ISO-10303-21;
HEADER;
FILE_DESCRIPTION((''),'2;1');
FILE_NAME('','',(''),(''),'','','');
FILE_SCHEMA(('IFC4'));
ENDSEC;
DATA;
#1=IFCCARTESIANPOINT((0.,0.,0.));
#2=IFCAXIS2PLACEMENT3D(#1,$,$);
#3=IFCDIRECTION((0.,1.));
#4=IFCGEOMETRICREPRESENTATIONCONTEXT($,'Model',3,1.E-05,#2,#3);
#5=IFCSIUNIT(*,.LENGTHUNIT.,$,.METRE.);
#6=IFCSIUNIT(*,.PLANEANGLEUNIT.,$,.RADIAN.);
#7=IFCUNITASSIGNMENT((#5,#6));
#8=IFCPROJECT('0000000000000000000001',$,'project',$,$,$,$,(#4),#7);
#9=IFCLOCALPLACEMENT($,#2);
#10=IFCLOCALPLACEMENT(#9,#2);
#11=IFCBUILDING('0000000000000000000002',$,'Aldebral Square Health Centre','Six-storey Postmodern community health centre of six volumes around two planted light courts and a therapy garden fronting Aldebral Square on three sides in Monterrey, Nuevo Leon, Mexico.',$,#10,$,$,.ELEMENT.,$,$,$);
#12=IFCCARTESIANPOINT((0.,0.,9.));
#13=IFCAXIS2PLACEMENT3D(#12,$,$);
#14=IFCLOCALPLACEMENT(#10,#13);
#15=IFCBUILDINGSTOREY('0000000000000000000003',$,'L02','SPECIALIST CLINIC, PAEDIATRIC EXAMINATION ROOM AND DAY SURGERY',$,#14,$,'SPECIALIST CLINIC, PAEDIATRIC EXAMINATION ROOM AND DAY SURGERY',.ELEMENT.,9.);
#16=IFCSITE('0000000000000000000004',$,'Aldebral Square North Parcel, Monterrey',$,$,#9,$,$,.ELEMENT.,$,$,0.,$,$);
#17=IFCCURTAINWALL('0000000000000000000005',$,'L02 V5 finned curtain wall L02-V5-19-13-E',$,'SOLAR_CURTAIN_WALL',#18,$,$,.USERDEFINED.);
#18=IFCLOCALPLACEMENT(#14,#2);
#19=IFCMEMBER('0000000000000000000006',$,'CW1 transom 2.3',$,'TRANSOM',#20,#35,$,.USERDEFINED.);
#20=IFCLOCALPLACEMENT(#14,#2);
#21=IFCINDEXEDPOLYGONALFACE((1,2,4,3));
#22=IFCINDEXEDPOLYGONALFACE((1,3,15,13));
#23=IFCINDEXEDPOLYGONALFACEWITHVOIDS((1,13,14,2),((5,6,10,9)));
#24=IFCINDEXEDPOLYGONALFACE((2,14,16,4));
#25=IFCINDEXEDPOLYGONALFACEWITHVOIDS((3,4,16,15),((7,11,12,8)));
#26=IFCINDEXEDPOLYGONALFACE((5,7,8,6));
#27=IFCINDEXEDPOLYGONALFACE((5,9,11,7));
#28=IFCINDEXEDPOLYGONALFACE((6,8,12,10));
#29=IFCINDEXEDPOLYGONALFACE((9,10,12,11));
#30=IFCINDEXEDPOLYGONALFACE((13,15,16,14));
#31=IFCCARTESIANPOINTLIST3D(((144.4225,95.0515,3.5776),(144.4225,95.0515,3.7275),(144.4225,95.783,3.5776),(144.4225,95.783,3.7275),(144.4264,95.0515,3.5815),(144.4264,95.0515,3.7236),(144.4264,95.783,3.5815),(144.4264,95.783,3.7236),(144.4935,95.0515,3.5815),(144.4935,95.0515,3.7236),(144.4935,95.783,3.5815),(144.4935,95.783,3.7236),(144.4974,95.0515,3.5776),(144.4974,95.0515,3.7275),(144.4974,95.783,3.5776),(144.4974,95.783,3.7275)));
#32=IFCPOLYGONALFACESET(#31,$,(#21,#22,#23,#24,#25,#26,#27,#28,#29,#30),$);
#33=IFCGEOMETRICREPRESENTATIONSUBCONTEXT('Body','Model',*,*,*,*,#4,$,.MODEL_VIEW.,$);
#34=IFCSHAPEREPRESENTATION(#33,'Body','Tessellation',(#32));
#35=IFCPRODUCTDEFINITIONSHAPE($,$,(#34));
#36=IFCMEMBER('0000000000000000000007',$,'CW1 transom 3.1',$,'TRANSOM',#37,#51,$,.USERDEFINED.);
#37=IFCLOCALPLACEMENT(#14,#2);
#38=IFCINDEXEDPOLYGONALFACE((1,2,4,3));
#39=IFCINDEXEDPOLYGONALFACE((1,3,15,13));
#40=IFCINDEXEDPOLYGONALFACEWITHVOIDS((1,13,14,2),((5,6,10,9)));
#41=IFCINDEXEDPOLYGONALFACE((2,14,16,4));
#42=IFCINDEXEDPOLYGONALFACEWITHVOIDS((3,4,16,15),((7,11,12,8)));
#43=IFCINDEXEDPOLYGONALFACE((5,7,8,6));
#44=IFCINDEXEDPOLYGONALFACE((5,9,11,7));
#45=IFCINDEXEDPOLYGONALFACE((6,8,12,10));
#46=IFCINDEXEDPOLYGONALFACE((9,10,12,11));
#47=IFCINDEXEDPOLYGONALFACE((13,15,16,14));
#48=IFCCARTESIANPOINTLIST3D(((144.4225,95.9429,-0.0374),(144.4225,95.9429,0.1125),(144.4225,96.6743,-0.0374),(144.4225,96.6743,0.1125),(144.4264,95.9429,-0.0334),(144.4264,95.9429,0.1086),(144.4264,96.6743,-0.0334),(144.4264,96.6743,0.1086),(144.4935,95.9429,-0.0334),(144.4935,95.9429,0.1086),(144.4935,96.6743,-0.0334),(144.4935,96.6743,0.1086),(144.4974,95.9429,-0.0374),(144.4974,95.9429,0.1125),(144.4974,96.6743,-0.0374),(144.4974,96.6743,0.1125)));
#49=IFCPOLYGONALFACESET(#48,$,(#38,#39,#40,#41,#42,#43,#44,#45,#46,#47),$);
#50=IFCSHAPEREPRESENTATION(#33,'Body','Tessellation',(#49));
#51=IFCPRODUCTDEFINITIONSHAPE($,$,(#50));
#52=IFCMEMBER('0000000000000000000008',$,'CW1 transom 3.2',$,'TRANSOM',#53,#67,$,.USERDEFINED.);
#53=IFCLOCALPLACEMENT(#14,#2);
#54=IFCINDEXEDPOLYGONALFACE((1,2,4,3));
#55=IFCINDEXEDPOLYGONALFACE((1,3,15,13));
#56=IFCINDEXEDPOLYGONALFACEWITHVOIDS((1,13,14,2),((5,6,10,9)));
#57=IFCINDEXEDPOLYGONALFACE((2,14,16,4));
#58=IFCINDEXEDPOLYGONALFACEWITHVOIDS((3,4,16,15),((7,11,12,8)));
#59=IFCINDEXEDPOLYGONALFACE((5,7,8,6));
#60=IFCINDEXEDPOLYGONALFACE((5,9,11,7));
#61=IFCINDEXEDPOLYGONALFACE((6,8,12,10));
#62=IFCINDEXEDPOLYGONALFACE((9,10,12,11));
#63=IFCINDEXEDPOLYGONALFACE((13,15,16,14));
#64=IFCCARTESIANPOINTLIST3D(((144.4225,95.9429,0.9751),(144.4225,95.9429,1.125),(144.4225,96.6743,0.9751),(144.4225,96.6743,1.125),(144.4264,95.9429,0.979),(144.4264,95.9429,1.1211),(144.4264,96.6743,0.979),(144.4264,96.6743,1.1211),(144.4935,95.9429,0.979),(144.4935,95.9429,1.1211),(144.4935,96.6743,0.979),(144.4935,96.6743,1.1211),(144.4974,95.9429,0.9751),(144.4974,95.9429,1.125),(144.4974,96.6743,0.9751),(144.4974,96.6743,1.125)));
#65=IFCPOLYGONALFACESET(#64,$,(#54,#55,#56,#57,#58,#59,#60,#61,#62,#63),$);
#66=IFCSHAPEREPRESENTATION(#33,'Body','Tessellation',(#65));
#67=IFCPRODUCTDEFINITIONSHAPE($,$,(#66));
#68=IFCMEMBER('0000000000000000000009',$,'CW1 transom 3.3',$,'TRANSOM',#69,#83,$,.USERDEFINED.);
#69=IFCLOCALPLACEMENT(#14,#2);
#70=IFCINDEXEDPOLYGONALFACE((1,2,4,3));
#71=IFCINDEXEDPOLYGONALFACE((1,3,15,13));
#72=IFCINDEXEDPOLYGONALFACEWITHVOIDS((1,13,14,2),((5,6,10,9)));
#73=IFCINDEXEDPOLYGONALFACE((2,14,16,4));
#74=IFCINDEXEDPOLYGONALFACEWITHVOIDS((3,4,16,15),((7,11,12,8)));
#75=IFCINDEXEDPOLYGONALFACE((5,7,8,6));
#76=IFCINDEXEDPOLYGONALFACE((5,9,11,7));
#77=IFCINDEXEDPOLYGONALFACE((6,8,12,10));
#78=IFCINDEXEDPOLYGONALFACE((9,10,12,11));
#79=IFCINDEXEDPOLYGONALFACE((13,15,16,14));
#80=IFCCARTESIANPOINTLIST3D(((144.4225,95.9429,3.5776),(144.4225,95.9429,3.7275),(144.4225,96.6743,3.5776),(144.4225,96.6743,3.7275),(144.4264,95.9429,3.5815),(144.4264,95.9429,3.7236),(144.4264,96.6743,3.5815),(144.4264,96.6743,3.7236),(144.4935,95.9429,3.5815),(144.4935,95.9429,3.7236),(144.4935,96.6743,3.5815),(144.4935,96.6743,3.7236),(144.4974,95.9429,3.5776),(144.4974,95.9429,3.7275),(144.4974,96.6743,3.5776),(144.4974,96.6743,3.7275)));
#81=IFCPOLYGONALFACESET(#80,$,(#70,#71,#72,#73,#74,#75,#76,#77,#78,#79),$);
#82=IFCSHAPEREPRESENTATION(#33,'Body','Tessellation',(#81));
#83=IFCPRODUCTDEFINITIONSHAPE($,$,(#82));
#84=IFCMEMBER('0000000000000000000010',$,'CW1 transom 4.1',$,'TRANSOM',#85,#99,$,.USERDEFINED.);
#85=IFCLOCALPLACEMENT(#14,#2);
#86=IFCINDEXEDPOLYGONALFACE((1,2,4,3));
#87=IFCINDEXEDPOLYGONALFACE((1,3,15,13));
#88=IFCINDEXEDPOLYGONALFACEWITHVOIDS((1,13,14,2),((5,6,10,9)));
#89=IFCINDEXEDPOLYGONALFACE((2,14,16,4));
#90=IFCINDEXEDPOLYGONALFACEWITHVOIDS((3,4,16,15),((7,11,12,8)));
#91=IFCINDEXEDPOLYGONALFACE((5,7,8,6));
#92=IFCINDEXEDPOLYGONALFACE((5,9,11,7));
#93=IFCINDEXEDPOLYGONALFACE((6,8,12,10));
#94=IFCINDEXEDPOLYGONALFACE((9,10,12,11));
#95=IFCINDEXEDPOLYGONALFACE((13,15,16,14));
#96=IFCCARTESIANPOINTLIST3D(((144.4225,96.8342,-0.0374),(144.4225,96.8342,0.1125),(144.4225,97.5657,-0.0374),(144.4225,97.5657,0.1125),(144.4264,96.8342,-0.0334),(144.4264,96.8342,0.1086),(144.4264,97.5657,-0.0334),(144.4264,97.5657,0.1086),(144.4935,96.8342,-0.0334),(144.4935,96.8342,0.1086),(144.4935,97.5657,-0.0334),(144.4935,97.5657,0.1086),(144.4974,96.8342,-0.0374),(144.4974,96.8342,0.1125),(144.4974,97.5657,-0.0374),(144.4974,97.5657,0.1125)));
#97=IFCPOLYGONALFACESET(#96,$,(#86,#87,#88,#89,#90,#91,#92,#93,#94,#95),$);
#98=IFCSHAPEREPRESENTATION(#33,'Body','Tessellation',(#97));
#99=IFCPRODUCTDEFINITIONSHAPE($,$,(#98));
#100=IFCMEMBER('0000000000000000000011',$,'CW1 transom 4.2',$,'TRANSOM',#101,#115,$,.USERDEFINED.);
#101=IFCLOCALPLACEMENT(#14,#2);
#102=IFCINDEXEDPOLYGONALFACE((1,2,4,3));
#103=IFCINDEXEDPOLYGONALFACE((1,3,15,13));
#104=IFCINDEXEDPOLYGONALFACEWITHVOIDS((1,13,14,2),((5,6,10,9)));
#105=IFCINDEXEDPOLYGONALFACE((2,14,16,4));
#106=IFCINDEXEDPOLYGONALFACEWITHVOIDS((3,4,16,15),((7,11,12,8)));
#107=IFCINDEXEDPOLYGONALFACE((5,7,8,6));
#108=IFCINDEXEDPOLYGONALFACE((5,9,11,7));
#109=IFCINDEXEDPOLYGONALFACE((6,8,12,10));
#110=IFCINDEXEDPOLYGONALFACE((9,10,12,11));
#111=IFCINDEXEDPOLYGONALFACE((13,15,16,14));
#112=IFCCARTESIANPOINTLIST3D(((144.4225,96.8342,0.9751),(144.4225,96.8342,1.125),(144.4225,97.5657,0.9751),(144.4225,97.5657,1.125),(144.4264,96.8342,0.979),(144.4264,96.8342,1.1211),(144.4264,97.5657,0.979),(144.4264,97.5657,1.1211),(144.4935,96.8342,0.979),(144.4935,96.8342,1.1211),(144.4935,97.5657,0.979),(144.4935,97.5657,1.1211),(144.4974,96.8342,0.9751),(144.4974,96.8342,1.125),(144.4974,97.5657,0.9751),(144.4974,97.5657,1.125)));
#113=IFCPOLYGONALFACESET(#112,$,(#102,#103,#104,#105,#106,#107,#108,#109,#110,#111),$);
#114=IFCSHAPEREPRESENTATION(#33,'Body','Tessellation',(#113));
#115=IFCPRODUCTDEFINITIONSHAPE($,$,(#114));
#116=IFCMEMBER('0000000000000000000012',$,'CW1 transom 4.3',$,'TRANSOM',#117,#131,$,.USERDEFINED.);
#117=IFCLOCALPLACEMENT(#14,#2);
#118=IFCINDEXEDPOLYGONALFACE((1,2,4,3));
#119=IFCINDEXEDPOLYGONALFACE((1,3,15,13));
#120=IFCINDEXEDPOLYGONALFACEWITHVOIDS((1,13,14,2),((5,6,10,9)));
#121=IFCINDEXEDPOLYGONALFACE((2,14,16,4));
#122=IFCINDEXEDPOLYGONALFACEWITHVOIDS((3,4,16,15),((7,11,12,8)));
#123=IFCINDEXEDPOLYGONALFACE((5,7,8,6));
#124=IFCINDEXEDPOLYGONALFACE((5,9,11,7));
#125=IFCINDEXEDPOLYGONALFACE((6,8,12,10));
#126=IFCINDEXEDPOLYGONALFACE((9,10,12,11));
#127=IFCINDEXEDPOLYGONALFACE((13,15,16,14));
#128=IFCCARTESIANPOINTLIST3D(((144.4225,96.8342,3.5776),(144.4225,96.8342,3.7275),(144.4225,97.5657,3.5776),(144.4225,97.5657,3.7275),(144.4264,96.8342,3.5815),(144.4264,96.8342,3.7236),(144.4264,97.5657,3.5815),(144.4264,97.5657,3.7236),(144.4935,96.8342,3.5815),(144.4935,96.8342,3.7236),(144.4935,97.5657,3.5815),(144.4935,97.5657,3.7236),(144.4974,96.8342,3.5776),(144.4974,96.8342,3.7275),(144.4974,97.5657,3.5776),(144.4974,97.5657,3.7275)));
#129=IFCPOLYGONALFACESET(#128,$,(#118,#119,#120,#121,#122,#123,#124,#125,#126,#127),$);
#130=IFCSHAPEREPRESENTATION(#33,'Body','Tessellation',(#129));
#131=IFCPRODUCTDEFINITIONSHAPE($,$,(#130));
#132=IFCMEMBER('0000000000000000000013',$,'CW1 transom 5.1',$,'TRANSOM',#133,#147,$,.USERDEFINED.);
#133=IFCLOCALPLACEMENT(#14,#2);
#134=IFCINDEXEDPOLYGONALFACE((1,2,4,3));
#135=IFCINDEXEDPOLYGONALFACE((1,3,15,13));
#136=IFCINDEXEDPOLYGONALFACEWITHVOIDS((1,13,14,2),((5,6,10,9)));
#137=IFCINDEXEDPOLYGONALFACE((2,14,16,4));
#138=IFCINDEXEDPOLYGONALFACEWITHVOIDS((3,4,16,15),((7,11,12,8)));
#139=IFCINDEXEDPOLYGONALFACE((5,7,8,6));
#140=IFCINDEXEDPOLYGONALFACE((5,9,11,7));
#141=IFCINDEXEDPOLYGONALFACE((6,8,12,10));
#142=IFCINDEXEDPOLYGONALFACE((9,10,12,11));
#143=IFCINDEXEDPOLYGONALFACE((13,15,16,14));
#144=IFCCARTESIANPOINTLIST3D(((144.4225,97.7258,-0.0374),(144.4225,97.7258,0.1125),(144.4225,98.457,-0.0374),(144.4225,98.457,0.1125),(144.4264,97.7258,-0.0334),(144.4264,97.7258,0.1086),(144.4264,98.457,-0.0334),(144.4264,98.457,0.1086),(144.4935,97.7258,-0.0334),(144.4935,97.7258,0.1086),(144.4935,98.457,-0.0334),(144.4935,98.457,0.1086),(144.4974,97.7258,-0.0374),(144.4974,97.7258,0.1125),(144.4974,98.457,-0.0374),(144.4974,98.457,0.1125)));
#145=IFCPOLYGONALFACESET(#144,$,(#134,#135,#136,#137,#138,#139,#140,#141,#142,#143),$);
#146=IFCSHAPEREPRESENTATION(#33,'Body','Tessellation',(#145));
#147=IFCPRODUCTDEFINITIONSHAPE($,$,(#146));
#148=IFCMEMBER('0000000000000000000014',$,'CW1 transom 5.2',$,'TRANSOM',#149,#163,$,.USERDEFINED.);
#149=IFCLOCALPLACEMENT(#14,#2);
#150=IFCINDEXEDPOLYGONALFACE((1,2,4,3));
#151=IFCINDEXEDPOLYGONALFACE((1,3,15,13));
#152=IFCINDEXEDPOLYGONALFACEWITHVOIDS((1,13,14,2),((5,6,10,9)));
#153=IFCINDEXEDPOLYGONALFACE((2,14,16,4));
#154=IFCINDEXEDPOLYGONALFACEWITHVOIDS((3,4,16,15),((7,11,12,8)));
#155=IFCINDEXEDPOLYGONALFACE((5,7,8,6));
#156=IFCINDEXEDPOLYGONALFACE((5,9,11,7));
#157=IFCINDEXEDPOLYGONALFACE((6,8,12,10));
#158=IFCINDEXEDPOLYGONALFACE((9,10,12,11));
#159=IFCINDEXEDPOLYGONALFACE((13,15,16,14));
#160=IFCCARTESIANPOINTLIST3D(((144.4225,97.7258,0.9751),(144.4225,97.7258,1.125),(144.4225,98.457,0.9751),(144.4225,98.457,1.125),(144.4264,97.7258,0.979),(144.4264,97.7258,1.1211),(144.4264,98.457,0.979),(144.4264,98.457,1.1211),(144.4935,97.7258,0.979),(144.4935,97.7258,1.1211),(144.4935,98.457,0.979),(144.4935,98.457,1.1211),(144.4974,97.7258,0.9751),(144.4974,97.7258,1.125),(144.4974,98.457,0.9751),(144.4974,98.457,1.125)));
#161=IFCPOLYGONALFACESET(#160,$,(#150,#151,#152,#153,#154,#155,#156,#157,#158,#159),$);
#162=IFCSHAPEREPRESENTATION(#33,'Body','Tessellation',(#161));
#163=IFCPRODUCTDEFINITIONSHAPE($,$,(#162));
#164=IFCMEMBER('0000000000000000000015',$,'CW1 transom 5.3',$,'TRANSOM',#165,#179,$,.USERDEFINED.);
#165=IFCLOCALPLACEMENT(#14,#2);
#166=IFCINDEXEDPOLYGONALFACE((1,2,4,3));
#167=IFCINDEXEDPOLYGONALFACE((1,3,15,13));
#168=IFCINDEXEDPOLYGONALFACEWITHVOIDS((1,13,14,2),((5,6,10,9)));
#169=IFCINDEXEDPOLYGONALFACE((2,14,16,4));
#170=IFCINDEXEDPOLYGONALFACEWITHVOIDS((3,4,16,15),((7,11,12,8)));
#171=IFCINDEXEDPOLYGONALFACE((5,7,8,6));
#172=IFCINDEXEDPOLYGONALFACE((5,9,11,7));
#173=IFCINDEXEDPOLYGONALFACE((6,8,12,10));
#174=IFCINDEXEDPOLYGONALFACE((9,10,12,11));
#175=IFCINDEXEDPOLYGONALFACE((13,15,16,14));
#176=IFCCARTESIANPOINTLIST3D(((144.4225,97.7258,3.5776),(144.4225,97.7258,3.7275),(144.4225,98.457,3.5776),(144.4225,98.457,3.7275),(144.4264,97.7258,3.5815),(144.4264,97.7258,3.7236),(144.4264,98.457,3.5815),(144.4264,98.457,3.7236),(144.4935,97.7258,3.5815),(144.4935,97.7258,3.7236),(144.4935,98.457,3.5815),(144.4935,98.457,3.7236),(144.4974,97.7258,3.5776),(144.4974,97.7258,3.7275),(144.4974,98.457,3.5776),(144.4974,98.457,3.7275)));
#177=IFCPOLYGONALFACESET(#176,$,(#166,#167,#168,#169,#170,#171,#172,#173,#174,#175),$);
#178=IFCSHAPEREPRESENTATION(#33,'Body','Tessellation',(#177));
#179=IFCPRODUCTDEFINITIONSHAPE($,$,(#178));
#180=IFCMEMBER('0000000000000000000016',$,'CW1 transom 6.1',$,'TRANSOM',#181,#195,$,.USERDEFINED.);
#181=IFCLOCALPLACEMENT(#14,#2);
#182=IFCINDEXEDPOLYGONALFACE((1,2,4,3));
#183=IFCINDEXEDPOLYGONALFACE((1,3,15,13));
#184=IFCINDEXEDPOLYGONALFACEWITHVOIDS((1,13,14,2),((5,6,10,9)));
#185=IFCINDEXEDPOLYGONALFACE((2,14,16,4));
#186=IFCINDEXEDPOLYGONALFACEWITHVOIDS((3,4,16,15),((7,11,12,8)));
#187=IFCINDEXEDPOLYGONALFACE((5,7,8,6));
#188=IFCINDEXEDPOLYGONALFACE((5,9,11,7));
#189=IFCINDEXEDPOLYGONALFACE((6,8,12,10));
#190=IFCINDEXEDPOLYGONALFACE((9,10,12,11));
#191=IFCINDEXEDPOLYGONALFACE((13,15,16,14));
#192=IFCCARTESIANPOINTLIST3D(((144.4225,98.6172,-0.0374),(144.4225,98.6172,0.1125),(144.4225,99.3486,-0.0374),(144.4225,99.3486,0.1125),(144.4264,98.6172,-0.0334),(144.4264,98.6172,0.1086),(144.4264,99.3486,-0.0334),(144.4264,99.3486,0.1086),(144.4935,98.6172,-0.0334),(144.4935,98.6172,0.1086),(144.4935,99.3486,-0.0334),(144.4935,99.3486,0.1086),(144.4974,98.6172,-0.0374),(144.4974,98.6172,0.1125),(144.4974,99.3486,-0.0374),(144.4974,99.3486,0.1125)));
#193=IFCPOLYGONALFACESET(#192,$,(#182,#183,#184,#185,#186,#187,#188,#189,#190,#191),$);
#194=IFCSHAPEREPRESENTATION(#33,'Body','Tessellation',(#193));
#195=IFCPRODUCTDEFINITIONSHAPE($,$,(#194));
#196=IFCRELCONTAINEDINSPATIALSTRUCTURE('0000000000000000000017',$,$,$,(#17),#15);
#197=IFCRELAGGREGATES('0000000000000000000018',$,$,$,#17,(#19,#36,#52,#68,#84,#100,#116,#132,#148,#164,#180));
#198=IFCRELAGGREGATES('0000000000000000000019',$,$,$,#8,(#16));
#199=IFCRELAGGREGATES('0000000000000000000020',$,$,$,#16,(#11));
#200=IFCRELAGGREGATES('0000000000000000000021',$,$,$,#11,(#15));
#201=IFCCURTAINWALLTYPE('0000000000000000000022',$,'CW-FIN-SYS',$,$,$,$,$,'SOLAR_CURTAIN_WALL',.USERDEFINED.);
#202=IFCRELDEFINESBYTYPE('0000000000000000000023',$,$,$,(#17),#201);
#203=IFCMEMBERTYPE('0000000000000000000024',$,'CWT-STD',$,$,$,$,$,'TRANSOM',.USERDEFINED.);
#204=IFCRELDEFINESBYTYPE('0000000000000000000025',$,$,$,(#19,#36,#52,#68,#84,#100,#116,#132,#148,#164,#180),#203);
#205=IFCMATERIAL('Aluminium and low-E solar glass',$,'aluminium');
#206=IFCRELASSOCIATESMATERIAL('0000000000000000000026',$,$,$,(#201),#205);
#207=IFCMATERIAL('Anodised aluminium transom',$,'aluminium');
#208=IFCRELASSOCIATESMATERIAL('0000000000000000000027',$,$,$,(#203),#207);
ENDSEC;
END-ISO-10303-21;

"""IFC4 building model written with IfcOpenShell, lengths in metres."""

from ifc_helpers import new_model, si_unit, direction, frame, origin, origin_2d, place, context, subcontext, project, spatial, hollow_rectangle, extrude, material, material_profile, profile_set, type_object, element, aggregate, save


model = new_model("IFC4")

# Units and contexts
model_context = context("Model", 3, precision=1e-05, world=origin(), true_north=direction((0.0, 1.0)))
body_context = subcontext(model_context, "Body", "Model", "MODEL_VIEW")
ifc_project = project(units=[si_unit("LENGTHUNIT", "METRE"), si_unit("PLANEANGLEUNIT", "RADIAN")], contexts=[model_context])

# Site, building, storey
site_placement = place(None, origin())
site = spatial("IfcSite", under=ifc_project, at=site_placement, Name="Aldebral Square North Parcel, Monterrey", CompositionType="ELEMENT", RefElevation=0.0)
building_placement = place(site_placement, origin())
building = spatial("IfcBuilding", under=site, at=building_placement, Name="Aldebral Square Health Centre", Description="Six-storey Postmodern community health centre of six volumes around two planted light courts and a therapy garden fronting Aldebral Square on three sides in Monterrey, Nuevo Leon, Mexico.", CompositionType="ELEMENT")
storey_placement = place(building_placement, frame((0.0, 0.0, 9.0)))
storey = spatial("IfcBuildingStorey", under=building, at=storey_placement, Name="L02", Description="SPECIALIST CLINIC, PAEDIATRIC EXAMINATION ROOM AND DAY SURGERY", LongName="SPECIALIST CLINIC, PAEDIATRIC EXAMINATION ROOM AND DAY SURGERY", CompositionType="ELEMENT", Elevation=9.0)

# Curtain wall, members
ifc_material_1 = material(Name="Aluminium and low-E solar glass", Category="aluminium")
curtain_wall_type = type_object("IfcCurtainWallType", Name="CW-FIN-SYS", ElementType="SOLAR_CURTAIN_WALL", PredefinedType="USERDEFINED", material=ifc_material_1)
curtain_wall_placement = place(storey_placement, origin())
curtain_wall = element("IfcCurtainWall", 1, at=curtain_wall_placement, inside=storey, type_object=curtain_wall_type, Name="L02 V5 finned curtain wall L02-V5-19-13-E", ObjectType="SOLAR_CURTAIN_WALL", PredefinedType="USERDEFINED")
ifc_material_2 = material(Name="Anodised aluminium transom", Category="aluminium")
ifc_material_profile_1 = material_profile(ifc_material_2, hollow_rectangle(XDim=0.075, YDim=0.1499, WallThickness=0.0039, at=origin_2d()), Name="CWT 75x150x4")
ifc_profile_set_1 = profile_set([ifc_material_profile_1], Name="Anodised aluminium transom")
member_type_1 = type_object("IfcMemberType", Name="CWT-STD", ElementType="TRANSOM", PredefinedType="USERDEFINED", material=ifc_profile_set_1)
member_1_placement = place(storey_placement, frame((144.46, 95.0515, 3.6526), z_axis=(0.0, 1.0, 0.0), x_axis=(-1.0, 0.0, 0.0)))
member_1 = element("IfcMember", 2, at=member_1_placement, type_object=member_type_1, Name="CW1 transom 2.3", ObjectType="TRANSOM", PredefinedType="USERDEFINED", context=body_context, shape_type="SweptSolid", body=[
    extrude(hollow_rectangle(XDim=0.075, YDim=0.1499, WallThickness=0.0039, at=origin_2d()), origin(), (0.0, 0.0, 1.0), 0.7314),
])
member_2_placement = place(storey_placement, frame((144.46, 95.9429, 0.0376), z_axis=(0.0, 1.0, 0.0), x_axis=(-1.0, 0.0, 0.0)))
member_2 = element("IfcMember", 3, at=member_2_placement, type_object=member_type_1, Name="CW1 transom 3.1", ObjectType="TRANSOM", PredefinedType="USERDEFINED", context=body_context, shape_type="SweptSolid", body=[
    extrude(hollow_rectangle(XDim=0.075, YDim=0.1499, WallThickness=0.0039, at=origin_2d()), origin(), (0.0, 0.0, 1.0), 0.7314),
])
member_3_placement = place(storey_placement, frame((144.46, 95.9429, 1.05), z_axis=(0.0, 1.0, 0.0), x_axis=(-1.0, 0.0, 0.0)))
member_3 = element("IfcMember", 4, at=member_3_placement, type_object=member_type_1, Name="CW1 transom 3.2", ObjectType="TRANSOM", PredefinedType="USERDEFINED", context=body_context, shape_type="SweptSolid", body=[
    extrude(hollow_rectangle(XDim=0.075, YDim=0.1499, WallThickness=0.0039, at=origin_2d()), origin(), (0.0, 0.0, 1.0), 0.7314),
])
member_4_placement = place(storey_placement, frame((144.46, 95.9429, 3.6526), z_axis=(0.0, 1.0, 0.0), x_axis=(-1.0, 0.0, 0.0)))
member_4 = element("IfcMember", 5, at=member_4_placement, type_object=member_type_1, Name="CW1 transom 3.3", ObjectType="TRANSOM", PredefinedType="USERDEFINED", context=body_context, shape_type="SweptSolid", body=[
    extrude(hollow_rectangle(XDim=0.075, YDim=0.1499, WallThickness=0.0039, at=origin_2d()), origin(), (0.0, 0.0, 1.0), 0.7314),
])
member_5_placement = place(storey_placement, frame((144.46, 96.8342, 0.0376), z_axis=(0.0, 1.0, 0.0), x_axis=(-1.0, 0.0, 0.0)))
member_5 = element("IfcMember", 6, at=member_5_placement, type_object=member_type_1, Name="CW1 transom 4.1", ObjectType="TRANSOM", PredefinedType="USERDEFINED", context=body_context, shape_type="SweptSolid", body=[
    extrude(hollow_rectangle(XDim=0.075, YDim=0.1499, WallThickness=0.0039, at=origin_2d()), origin(), (0.0, 0.0, 1.0), 0.7314),
])
member_6_placement = place(storey_placement, frame((144.46, 96.8342, 1.05), z_axis=(0.0, 1.0, 0.0), x_axis=(-1.0, 0.0, 0.0)))
member_6 = element("IfcMember", 7, at=member_6_placement, type_object=member_type_1, Name="CW1 transom 4.2", ObjectType="TRANSOM", PredefinedType="USERDEFINED", context=body_context, shape_type="SweptSolid", body=[
    extrude(hollow_rectangle(XDim=0.075, YDim=0.1499, WallThickness=0.0039, at=origin_2d()), origin(), (0.0, 0.0, 1.0), 0.7314),
])
member_7_placement = place(storey_placement, frame((144.46, 96.8342, 3.6526), z_axis=(0.0, 1.0, 0.0), x_axis=(-1.0, 0.0, 0.0)))
member_7 = element("IfcMember", 8, at=member_7_placement, type_object=member_type_1, Name="CW1 transom 4.3", ObjectType="TRANSOM", PredefinedType="USERDEFINED", context=body_context, shape_type="SweptSolid", body=[
    extrude(hollow_rectangle(XDim=0.075, YDim=0.1499, WallThickness=0.0039, at=origin_2d()), origin(), (0.0, 0.0, 1.0), 0.7314),
])
member_8_placement = place(storey_placement, frame((144.46, 97.7258, 0.0376), z_axis=(0.0, 1.0, 0.0), x_axis=(-1.0, 0.0, 0.0)))
member_8 = element("IfcMember", 9, at=member_8_placement, type_object=member_type_1, Name="CW1 transom 5.1", ObjectType="TRANSOM", PredefinedType="USERDEFINED", context=body_context, shape_type="SweptSolid", body=[
    extrude(hollow_rectangle(XDim=0.075, YDim=0.1499, WallThickness=0.0039, at=origin_2d()), origin(), (0.0, 0.0, 1.0), 0.7312),
])
member_9_placement = place(storey_placement, frame((144.46, 97.7258, 1.05), z_axis=(0.0, 1.0, 0.0), x_axis=(-1.0, 0.0, 0.0)))
member_9 = element("IfcMember", 10, at=member_9_placement, type_object=member_type_1, Name="CW1 transom 5.2", ObjectType="TRANSOM", PredefinedType="USERDEFINED", context=body_context, shape_type="SweptSolid", body=[
    extrude(hollow_rectangle(XDim=0.075, YDim=0.1499, WallThickness=0.0039, at=origin_2d()), origin(), (0.0, 0.0, 1.0), 0.7312),
])
member_10_placement = place(storey_placement, frame((144.46, 97.7258, 3.6526), z_axis=(0.0, 1.0, 0.0), x_axis=(-1.0, 0.0, 0.0)))
member_10 = element("IfcMember", 11, at=member_10_placement, type_object=member_type_1, Name="CW1 transom 5.3", ObjectType="TRANSOM", PredefinedType="USERDEFINED", context=body_context, shape_type="SweptSolid", body=[
    extrude(hollow_rectangle(XDim=0.075, YDim=0.1499, WallThickness=0.0039, at=origin_2d()), origin(), (0.0, 0.0, 1.0), 0.7312),
])
member_11_placement = place(storey_placement, frame((144.46, 98.6172, 0.0376), z_axis=(0.0, 1.0, 0.0), x_axis=(-1.0, 0.0, 0.0)))
member_11 = element("IfcMember", 12, at=member_11_placement, type_object=member_type_1, Name="CW1 transom 6.1", ObjectType="TRANSOM", PredefinedType="USERDEFINED", context=body_context, shape_type="SweptSolid", body=[
    extrude(hollow_rectangle(XDim=0.075, YDim=0.1499, WallThickness=0.0039, at=origin_2d()), origin(), (0.0, 0.0, 1.0), 0.7314),
])
aggregate(curtain_wall, [member_1, member_2, member_3, member_4, member_5, member_6, member_7, member_8, member_9, member_10, member_11])

save(model, "model.ifc")
